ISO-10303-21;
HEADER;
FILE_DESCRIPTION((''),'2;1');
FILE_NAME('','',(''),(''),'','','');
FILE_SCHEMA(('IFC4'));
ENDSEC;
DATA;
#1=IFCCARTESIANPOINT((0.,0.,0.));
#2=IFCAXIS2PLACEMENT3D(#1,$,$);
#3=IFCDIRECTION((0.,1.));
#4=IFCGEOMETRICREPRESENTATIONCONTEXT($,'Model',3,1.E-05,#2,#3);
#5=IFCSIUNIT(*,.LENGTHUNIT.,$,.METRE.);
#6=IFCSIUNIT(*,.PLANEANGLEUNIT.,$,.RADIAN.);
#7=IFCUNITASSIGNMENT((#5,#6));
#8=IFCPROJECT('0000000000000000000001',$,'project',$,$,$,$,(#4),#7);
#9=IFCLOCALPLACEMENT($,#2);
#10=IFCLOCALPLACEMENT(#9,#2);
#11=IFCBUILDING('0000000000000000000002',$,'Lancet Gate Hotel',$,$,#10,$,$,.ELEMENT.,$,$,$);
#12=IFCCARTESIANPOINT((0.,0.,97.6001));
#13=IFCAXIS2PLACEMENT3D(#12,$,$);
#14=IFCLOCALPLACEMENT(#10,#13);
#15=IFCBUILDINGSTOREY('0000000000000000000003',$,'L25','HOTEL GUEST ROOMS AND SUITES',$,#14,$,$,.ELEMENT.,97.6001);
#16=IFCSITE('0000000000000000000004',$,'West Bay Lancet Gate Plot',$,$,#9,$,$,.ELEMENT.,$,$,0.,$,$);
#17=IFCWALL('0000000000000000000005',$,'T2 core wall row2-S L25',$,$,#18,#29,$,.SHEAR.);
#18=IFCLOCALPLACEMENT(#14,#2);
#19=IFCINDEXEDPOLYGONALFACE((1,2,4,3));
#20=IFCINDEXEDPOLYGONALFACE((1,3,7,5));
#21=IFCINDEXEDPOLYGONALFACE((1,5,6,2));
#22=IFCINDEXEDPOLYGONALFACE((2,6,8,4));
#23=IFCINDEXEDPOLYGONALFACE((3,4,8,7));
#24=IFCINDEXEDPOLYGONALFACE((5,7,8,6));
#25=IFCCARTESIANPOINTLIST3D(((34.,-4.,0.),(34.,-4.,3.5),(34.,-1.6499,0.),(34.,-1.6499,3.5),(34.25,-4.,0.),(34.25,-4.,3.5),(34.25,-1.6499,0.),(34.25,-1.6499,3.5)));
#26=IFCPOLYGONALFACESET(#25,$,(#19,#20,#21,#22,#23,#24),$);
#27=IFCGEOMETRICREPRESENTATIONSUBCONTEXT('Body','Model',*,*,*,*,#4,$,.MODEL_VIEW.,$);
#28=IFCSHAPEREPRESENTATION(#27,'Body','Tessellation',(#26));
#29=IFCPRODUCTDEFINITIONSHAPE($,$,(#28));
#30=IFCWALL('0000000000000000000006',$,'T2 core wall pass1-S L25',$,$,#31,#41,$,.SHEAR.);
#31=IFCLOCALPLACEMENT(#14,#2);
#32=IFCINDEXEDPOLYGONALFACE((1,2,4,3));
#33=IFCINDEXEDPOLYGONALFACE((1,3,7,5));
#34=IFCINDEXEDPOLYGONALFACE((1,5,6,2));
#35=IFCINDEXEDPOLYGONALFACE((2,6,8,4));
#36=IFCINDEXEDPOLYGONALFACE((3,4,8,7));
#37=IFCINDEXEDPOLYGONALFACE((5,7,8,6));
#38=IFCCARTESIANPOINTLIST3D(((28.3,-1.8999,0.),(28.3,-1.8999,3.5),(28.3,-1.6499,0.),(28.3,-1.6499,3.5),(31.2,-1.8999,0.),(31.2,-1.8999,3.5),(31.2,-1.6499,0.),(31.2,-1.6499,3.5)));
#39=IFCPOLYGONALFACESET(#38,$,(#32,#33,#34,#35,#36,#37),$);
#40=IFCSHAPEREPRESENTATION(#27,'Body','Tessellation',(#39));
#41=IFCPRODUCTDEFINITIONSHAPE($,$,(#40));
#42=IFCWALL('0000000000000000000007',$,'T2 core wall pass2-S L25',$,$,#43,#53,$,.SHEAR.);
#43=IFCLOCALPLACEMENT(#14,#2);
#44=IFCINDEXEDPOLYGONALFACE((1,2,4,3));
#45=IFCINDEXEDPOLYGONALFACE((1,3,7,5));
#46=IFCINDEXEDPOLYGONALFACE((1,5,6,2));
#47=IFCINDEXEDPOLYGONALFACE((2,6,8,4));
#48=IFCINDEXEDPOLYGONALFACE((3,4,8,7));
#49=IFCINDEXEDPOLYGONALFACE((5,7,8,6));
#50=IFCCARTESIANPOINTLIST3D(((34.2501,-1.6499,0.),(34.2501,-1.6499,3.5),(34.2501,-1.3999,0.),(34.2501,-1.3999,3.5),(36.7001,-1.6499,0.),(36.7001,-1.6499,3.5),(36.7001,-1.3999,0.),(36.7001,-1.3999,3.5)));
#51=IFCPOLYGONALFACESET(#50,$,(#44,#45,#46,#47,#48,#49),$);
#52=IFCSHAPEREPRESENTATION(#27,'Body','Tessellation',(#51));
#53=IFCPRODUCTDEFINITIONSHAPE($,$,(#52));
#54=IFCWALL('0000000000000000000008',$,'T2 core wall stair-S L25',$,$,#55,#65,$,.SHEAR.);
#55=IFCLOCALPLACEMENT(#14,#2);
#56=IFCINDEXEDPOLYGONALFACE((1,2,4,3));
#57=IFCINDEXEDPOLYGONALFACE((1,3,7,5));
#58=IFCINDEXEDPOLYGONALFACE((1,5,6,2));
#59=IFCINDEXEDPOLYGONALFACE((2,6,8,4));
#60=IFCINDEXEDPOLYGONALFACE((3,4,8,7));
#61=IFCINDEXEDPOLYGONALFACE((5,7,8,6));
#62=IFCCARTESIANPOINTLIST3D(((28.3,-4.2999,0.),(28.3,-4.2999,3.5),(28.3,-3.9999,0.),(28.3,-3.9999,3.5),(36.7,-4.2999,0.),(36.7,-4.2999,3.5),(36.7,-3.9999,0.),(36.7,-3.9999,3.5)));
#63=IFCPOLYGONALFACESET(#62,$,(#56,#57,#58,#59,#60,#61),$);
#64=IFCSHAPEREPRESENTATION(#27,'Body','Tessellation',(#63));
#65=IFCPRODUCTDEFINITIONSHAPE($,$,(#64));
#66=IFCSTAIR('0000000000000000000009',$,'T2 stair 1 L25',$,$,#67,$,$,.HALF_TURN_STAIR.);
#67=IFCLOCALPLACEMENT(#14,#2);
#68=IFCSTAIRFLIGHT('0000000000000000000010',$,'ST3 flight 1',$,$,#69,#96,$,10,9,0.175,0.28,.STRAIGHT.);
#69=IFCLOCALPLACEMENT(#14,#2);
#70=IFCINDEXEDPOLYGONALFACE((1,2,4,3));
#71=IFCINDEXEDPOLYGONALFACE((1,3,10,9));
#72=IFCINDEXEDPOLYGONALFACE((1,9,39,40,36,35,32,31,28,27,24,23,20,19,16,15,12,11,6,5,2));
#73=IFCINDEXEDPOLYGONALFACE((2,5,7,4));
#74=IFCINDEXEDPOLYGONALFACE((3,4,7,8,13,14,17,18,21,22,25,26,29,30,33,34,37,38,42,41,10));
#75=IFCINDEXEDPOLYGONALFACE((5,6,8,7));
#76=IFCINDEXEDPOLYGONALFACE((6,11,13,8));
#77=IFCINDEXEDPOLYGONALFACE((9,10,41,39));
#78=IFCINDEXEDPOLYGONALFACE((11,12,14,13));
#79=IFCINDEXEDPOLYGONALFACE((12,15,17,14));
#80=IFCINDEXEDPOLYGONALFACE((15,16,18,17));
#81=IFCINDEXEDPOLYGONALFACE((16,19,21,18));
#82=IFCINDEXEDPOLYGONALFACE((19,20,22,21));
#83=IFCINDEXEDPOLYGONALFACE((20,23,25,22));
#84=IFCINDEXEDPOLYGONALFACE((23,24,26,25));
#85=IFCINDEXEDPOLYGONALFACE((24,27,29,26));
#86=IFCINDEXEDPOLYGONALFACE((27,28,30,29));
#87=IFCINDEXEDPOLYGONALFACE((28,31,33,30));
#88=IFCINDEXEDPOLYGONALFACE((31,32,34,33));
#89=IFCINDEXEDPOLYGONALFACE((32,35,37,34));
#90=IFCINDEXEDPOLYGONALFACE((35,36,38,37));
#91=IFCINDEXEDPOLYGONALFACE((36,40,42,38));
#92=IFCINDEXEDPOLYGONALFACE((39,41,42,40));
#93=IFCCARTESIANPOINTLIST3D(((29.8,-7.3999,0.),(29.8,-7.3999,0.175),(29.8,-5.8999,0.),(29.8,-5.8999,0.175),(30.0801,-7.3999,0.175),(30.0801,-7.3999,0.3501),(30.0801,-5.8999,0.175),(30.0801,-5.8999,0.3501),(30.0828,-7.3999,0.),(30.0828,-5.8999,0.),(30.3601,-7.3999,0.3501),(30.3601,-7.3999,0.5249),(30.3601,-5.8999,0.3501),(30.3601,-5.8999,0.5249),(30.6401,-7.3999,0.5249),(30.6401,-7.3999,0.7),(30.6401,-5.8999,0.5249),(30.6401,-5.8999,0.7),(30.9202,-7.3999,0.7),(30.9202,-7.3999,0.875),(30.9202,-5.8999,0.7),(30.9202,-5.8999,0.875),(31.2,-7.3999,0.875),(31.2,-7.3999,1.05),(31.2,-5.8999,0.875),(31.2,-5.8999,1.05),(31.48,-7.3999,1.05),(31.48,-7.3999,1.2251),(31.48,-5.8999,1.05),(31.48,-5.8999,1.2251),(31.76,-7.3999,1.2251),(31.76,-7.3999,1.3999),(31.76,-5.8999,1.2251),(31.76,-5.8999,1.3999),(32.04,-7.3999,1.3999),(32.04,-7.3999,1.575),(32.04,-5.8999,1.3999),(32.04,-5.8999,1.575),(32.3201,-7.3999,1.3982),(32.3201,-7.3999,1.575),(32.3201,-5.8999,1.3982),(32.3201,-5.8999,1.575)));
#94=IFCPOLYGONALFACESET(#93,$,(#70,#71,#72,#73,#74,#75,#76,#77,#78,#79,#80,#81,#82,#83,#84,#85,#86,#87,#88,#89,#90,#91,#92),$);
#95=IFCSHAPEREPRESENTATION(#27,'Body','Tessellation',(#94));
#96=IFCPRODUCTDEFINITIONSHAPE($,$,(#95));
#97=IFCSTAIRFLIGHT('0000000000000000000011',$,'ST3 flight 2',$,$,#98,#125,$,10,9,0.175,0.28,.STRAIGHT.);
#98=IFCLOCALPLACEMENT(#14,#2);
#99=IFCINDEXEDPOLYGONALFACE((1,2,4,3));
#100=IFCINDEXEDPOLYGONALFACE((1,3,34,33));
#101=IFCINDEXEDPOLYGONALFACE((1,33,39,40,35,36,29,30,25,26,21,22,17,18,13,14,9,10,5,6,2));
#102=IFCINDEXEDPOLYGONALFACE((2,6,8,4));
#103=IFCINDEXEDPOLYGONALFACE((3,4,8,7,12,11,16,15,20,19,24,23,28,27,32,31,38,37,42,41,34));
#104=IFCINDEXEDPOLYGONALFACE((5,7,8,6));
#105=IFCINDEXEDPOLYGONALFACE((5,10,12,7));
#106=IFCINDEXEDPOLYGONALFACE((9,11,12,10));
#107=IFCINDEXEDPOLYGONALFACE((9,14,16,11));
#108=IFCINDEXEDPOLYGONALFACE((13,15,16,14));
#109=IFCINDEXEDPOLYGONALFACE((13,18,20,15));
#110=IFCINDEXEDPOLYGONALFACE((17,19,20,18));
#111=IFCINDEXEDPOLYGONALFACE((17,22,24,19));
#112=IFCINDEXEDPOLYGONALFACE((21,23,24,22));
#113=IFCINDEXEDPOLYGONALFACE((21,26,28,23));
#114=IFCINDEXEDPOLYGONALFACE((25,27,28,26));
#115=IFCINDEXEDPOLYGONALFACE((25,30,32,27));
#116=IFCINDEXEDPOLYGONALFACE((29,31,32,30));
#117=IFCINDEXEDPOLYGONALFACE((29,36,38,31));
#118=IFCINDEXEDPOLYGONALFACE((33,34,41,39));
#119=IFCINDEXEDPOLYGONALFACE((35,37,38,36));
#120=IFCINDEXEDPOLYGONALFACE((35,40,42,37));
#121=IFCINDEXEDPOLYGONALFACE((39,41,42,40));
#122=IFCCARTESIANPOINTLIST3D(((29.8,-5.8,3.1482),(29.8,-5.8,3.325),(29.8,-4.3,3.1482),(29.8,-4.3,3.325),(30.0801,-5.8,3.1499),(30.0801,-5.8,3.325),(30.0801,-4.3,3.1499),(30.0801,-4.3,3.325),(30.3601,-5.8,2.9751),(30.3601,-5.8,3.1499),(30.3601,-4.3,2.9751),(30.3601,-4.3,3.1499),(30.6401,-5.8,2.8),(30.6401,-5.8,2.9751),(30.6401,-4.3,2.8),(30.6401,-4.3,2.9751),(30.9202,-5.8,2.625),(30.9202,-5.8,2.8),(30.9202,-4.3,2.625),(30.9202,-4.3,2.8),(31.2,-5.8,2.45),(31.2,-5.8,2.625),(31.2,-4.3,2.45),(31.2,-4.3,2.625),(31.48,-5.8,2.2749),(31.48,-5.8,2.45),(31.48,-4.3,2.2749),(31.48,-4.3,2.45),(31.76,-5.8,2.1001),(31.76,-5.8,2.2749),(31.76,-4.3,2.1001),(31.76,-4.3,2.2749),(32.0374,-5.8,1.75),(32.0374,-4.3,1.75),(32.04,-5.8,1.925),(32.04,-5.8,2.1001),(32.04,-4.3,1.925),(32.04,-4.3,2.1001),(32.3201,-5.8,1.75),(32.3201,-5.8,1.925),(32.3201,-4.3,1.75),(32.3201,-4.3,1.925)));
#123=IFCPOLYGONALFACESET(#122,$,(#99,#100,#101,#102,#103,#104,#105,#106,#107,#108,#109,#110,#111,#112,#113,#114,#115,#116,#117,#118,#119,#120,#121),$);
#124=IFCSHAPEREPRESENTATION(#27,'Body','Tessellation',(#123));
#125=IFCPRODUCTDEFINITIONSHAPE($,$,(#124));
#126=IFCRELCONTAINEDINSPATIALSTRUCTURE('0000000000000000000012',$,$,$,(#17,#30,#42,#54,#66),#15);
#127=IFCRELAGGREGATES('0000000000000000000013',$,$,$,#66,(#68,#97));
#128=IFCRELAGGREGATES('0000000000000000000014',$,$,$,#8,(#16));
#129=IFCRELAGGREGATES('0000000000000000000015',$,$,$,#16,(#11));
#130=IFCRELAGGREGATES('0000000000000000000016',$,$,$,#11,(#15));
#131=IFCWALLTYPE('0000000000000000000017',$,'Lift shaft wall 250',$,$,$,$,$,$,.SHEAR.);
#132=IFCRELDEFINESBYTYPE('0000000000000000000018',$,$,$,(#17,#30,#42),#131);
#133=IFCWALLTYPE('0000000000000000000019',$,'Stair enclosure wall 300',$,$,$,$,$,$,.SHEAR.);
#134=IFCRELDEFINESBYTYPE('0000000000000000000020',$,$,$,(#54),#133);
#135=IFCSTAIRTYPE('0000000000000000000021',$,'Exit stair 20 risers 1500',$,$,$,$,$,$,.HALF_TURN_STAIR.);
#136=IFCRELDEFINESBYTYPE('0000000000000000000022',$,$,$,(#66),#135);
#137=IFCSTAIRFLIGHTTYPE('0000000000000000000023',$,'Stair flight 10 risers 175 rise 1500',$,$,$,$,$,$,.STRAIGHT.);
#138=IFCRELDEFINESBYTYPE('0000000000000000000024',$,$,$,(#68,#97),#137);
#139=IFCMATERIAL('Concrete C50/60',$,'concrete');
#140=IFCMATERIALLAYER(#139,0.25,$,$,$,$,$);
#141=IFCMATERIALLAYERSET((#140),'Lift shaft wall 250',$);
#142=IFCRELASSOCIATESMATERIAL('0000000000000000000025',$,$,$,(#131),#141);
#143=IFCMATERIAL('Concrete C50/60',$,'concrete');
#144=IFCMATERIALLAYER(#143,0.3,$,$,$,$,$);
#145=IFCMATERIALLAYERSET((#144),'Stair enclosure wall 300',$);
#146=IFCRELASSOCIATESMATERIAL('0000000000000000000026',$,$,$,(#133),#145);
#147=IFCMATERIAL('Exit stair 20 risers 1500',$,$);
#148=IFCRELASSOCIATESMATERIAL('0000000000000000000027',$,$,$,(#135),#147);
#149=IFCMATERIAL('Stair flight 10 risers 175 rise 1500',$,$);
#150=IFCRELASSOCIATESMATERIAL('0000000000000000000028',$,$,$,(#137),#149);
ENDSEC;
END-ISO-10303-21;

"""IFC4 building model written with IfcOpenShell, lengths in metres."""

from ifc_helpers import new_model, si_unit, direction, frame, frame_2d, origin, place, context, subcontext, project, spatial, polyline, rectangle, outline, extrude, material, layer, layer_set, type_object, element, aggregate, save


model = new_model("IFC4")

# Units and contexts
model_context = context("Model", 3, precision=1e-05, world=origin(), true_north=direction((0.0, 1.0)))
body_context = subcontext(model_context, "Body", "Model", "MODEL_VIEW")
ifc_project = project(units=[si_unit("LENGTHUNIT", "METRE"), si_unit("PLANEANGLEUNIT", "RADIAN")], contexts=[model_context])

# Site, building, storey
site_placement = place(None, origin())
site = spatial("IfcSite", under=ifc_project, at=site_placement, Name="West Bay Lancet Gate Plot", CompositionType="ELEMENT", RefElevation=0.0)
building_placement = place(site_placement, origin())
building = spatial("IfcBuilding", under=site, at=building_placement, Name="Lancet Gate Hotel", CompositionType="ELEMENT")
storey_placement = place(building_placement, frame((0.0, 0.0, 97.6001)))
storey = spatial("IfcBuildingStorey", under=building, at=storey_placement, Name="L25", Description="HOTEL GUEST ROOMS AND SUITES", CompositionType="ELEMENT", Elevation=97.6001)

# Shared definitions
ifc_material_1 = material(Name="Concrete C50/60", Category="concrete")
ifc_layer_1 = layer(ifc_material_1, 0.25)
ifc_layer_set_1 = layer_set([ifc_layer_1], Name="Lift shaft wall 250")
wall_type_1 = type_object("IfcWallType", Name="Lift shaft wall 250", PredefinedType="SHEAR", material=ifc_layer_set_1)

# Walls
wall_1_placement = place(storey_placement, frame((34.125, -4.0, 0.0), z_axis=(0.0, 0.0, 1.0), x_axis=(0.0, 1.0, 0.0)))
element("IfcWall", 1, at=wall_1_placement, inside=storey, type_object=wall_type_1, Name="T2 core wall row2-S L25", PredefinedType="SHEAR", context=body_context, shape_type="SweptSolid", body=[
    extrude(rectangle(XDim=2.3501, YDim=0.25, at=frame_2d((1.175, 0.0))), origin(), (0.0, 0.0, 1.0), 3.5),
])
wall_2_placement = place(storey_placement, frame((28.3, -1.7749, 0.0), z_axis=(0.0, 0.0, 1.0), x_axis=(1.0, 0.0, 0.0)))
element("IfcWall", 2, at=wall_2_placement, inside=storey, type_object=wall_type_1, Name="T2 core wall pass1-S L25", PredefinedType="SHEAR", context=body_context, shape_type="SweptSolid", body=[
    extrude(rectangle(XDim=2.8999, YDim=0.25, at=frame_2d((1.45, 0.0))), origin(), (0.0, 0.0, 1.0), 3.5),
])
wall_3_placement = place(storey_placement, frame((34.25, -1.5249, 0.0), z_axis=(0.0, 0.0, 1.0), x_axis=(1.0, 0.0, 0.0)))
element("IfcWall", 3, at=wall_3_placement, inside=storey, type_object=wall_type_1, Name="T2 core wall pass2-S L25", PredefinedType="SHEAR", context=body_context, shape_type="SweptSolid", body=[
    extrude(rectangle(XDim=2.45, YDim=0.25, at=frame_2d((1.2251, 0.0))), origin(), (0.0, 0.0, 1.0), 3.5),
])
ifc_material_2 = material(Name="Concrete C50/60", Category="concrete")
ifc_layer_2 = layer(ifc_material_2, 0.3)
ifc_layer_set_2 = layer_set([ifc_layer_2], Name="Stair enclosure wall 300")
wall_type_2 = type_object("IfcWallType", Name="Stair enclosure wall 300", PredefinedType="SHEAR", material=ifc_layer_set_2)
wall_4_placement = place(storey_placement, frame((28.3, -4.1499, 0.0), z_axis=(0.0, 0.0, 1.0), x_axis=(1.0, 0.0, 0.0)))
element("IfcWall", 4, at=wall_4_placement, inside=storey, type_object=wall_type_2, Name="T2 core wall stair-S L25", PredefinedType="SHEAR", context=body_context, shape_type="SweptSolid", body=[
    extrude(rectangle(XDim=8.3999, YDim=0.3, at=frame_2d((4.2, 0.0))), origin(), (0.0, 0.0, 1.0), 3.5),
])

# Stair, stair flights
ifc_material_3 = material(Name="Exit stair 20 risers 1500")
stair_type = type_object("IfcStairType", Name="Exit stair 20 risers 1500", PredefinedType="HALF_TURN_STAIR", material=ifc_material_3)
stair_placement = place(storey_placement, origin())
stair = element("IfcStair", 5, at=stair_placement, inside=storey, type_object=stair_type, Name="T2 stair 1 L25", PredefinedType="HALF_TURN_STAIR")
ifc_material_4 = material(Name="Stair flight 10 risers 175 rise 1500")
stair_flight_type = type_object("IfcStairFlightType", Name="Stair flight 10 risers 175 rise 1500", PredefinedType="STRAIGHT", material=ifc_material_4)
stair_flight_1_placement = place(storey_placement, frame((29.8, -6.6499, 0.0), z_axis=(0.0, 0.0, 1.0), x_axis=(1.0, 0.0, 0.0)))
stair_flight_1 = element("IfcStairFlight", 6, at=stair_flight_1_placement, type_object=stair_flight_type, Name="ST3 flight 1", NumberOfRisers=10, NumberOfTreads=9, PredefinedType="STRAIGHT", RiserHeight=0.175, TreadLength=0.28, context=body_context, shape_type="SweptSolid", body=[
    extrude(outline(polyline([(0.0, 0.0), (0.0, 0.175), (0.28, 0.175), (0.28, 0.3501), (0.5601, 0.3501), (0.5601, 0.5249), (0.8401, 0.5249), (0.8401, 0.7), (1.1201, 0.7), (1.1201, 0.875), (1.3999, 0.875), (1.3999, 1.05), (1.6799, 1.05), (1.6799, 1.2251), (1.96, 1.2251), (1.96, 1.3999), (2.24, 1.3999), (2.24, 1.575), (2.52, 1.575), (2.52, 1.75), (2.52, 1.3982), (0.2827, 0.0), (0.0, 0.0)])), frame((0.0, 0.75, 0.0), z_axis=(0.0, -1.0, 0.0), x_axis=(1.0, 0.0, 0.0)), (0.0, 0.0, 1.0), 1.5),
])
stair_flight_2_placement = place(storey_placement, frame((32.3201, -5.05, 1.75), z_axis=(0.0, 0.0, 1.0), x_axis=(-1.0, 0.0, 0.0)))
stair_flight_2 = element("IfcStairFlight", 7, at=stair_flight_2_placement, type_object=stair_flight_type, Name="ST3 flight 2", NumberOfRisers=10, NumberOfTreads=9, PredefinedType="STRAIGHT", RiserHeight=0.175, TreadLength=0.28, context=body_context, shape_type="SweptSolid", body=[
    extrude(outline(polyline([(0.0, 0.0), (0.0, 0.175), (0.28, 0.175), (0.28, 0.3501), (0.5601, 0.3501), (0.5601, 0.5249), (0.8401, 0.5249), (0.8401, 0.7), (1.1201, 0.7), (1.1201, 0.875), (1.3999, 0.875), (1.3999, 1.05), (1.6799, 1.05), (1.6799, 1.2251), (1.96, 1.2251), (1.96, 1.3999), (2.24, 1.3999), (2.24, 1.575), (2.52, 1.575), (2.52, 1.75), (2.52, 1.3982), (0.2827, 0.0), (0.0, 0.0)])), frame((0.0, 0.75, 0.0), z_axis=(0.0, -1.0, 0.0), x_axis=(1.0, 0.0, 0.0)), (0.0, 0.0, 1.0), 1.5),
])
aggregate(stair, [stair_flight_1, stair_flight_2])

save(model, "model.ifc")
